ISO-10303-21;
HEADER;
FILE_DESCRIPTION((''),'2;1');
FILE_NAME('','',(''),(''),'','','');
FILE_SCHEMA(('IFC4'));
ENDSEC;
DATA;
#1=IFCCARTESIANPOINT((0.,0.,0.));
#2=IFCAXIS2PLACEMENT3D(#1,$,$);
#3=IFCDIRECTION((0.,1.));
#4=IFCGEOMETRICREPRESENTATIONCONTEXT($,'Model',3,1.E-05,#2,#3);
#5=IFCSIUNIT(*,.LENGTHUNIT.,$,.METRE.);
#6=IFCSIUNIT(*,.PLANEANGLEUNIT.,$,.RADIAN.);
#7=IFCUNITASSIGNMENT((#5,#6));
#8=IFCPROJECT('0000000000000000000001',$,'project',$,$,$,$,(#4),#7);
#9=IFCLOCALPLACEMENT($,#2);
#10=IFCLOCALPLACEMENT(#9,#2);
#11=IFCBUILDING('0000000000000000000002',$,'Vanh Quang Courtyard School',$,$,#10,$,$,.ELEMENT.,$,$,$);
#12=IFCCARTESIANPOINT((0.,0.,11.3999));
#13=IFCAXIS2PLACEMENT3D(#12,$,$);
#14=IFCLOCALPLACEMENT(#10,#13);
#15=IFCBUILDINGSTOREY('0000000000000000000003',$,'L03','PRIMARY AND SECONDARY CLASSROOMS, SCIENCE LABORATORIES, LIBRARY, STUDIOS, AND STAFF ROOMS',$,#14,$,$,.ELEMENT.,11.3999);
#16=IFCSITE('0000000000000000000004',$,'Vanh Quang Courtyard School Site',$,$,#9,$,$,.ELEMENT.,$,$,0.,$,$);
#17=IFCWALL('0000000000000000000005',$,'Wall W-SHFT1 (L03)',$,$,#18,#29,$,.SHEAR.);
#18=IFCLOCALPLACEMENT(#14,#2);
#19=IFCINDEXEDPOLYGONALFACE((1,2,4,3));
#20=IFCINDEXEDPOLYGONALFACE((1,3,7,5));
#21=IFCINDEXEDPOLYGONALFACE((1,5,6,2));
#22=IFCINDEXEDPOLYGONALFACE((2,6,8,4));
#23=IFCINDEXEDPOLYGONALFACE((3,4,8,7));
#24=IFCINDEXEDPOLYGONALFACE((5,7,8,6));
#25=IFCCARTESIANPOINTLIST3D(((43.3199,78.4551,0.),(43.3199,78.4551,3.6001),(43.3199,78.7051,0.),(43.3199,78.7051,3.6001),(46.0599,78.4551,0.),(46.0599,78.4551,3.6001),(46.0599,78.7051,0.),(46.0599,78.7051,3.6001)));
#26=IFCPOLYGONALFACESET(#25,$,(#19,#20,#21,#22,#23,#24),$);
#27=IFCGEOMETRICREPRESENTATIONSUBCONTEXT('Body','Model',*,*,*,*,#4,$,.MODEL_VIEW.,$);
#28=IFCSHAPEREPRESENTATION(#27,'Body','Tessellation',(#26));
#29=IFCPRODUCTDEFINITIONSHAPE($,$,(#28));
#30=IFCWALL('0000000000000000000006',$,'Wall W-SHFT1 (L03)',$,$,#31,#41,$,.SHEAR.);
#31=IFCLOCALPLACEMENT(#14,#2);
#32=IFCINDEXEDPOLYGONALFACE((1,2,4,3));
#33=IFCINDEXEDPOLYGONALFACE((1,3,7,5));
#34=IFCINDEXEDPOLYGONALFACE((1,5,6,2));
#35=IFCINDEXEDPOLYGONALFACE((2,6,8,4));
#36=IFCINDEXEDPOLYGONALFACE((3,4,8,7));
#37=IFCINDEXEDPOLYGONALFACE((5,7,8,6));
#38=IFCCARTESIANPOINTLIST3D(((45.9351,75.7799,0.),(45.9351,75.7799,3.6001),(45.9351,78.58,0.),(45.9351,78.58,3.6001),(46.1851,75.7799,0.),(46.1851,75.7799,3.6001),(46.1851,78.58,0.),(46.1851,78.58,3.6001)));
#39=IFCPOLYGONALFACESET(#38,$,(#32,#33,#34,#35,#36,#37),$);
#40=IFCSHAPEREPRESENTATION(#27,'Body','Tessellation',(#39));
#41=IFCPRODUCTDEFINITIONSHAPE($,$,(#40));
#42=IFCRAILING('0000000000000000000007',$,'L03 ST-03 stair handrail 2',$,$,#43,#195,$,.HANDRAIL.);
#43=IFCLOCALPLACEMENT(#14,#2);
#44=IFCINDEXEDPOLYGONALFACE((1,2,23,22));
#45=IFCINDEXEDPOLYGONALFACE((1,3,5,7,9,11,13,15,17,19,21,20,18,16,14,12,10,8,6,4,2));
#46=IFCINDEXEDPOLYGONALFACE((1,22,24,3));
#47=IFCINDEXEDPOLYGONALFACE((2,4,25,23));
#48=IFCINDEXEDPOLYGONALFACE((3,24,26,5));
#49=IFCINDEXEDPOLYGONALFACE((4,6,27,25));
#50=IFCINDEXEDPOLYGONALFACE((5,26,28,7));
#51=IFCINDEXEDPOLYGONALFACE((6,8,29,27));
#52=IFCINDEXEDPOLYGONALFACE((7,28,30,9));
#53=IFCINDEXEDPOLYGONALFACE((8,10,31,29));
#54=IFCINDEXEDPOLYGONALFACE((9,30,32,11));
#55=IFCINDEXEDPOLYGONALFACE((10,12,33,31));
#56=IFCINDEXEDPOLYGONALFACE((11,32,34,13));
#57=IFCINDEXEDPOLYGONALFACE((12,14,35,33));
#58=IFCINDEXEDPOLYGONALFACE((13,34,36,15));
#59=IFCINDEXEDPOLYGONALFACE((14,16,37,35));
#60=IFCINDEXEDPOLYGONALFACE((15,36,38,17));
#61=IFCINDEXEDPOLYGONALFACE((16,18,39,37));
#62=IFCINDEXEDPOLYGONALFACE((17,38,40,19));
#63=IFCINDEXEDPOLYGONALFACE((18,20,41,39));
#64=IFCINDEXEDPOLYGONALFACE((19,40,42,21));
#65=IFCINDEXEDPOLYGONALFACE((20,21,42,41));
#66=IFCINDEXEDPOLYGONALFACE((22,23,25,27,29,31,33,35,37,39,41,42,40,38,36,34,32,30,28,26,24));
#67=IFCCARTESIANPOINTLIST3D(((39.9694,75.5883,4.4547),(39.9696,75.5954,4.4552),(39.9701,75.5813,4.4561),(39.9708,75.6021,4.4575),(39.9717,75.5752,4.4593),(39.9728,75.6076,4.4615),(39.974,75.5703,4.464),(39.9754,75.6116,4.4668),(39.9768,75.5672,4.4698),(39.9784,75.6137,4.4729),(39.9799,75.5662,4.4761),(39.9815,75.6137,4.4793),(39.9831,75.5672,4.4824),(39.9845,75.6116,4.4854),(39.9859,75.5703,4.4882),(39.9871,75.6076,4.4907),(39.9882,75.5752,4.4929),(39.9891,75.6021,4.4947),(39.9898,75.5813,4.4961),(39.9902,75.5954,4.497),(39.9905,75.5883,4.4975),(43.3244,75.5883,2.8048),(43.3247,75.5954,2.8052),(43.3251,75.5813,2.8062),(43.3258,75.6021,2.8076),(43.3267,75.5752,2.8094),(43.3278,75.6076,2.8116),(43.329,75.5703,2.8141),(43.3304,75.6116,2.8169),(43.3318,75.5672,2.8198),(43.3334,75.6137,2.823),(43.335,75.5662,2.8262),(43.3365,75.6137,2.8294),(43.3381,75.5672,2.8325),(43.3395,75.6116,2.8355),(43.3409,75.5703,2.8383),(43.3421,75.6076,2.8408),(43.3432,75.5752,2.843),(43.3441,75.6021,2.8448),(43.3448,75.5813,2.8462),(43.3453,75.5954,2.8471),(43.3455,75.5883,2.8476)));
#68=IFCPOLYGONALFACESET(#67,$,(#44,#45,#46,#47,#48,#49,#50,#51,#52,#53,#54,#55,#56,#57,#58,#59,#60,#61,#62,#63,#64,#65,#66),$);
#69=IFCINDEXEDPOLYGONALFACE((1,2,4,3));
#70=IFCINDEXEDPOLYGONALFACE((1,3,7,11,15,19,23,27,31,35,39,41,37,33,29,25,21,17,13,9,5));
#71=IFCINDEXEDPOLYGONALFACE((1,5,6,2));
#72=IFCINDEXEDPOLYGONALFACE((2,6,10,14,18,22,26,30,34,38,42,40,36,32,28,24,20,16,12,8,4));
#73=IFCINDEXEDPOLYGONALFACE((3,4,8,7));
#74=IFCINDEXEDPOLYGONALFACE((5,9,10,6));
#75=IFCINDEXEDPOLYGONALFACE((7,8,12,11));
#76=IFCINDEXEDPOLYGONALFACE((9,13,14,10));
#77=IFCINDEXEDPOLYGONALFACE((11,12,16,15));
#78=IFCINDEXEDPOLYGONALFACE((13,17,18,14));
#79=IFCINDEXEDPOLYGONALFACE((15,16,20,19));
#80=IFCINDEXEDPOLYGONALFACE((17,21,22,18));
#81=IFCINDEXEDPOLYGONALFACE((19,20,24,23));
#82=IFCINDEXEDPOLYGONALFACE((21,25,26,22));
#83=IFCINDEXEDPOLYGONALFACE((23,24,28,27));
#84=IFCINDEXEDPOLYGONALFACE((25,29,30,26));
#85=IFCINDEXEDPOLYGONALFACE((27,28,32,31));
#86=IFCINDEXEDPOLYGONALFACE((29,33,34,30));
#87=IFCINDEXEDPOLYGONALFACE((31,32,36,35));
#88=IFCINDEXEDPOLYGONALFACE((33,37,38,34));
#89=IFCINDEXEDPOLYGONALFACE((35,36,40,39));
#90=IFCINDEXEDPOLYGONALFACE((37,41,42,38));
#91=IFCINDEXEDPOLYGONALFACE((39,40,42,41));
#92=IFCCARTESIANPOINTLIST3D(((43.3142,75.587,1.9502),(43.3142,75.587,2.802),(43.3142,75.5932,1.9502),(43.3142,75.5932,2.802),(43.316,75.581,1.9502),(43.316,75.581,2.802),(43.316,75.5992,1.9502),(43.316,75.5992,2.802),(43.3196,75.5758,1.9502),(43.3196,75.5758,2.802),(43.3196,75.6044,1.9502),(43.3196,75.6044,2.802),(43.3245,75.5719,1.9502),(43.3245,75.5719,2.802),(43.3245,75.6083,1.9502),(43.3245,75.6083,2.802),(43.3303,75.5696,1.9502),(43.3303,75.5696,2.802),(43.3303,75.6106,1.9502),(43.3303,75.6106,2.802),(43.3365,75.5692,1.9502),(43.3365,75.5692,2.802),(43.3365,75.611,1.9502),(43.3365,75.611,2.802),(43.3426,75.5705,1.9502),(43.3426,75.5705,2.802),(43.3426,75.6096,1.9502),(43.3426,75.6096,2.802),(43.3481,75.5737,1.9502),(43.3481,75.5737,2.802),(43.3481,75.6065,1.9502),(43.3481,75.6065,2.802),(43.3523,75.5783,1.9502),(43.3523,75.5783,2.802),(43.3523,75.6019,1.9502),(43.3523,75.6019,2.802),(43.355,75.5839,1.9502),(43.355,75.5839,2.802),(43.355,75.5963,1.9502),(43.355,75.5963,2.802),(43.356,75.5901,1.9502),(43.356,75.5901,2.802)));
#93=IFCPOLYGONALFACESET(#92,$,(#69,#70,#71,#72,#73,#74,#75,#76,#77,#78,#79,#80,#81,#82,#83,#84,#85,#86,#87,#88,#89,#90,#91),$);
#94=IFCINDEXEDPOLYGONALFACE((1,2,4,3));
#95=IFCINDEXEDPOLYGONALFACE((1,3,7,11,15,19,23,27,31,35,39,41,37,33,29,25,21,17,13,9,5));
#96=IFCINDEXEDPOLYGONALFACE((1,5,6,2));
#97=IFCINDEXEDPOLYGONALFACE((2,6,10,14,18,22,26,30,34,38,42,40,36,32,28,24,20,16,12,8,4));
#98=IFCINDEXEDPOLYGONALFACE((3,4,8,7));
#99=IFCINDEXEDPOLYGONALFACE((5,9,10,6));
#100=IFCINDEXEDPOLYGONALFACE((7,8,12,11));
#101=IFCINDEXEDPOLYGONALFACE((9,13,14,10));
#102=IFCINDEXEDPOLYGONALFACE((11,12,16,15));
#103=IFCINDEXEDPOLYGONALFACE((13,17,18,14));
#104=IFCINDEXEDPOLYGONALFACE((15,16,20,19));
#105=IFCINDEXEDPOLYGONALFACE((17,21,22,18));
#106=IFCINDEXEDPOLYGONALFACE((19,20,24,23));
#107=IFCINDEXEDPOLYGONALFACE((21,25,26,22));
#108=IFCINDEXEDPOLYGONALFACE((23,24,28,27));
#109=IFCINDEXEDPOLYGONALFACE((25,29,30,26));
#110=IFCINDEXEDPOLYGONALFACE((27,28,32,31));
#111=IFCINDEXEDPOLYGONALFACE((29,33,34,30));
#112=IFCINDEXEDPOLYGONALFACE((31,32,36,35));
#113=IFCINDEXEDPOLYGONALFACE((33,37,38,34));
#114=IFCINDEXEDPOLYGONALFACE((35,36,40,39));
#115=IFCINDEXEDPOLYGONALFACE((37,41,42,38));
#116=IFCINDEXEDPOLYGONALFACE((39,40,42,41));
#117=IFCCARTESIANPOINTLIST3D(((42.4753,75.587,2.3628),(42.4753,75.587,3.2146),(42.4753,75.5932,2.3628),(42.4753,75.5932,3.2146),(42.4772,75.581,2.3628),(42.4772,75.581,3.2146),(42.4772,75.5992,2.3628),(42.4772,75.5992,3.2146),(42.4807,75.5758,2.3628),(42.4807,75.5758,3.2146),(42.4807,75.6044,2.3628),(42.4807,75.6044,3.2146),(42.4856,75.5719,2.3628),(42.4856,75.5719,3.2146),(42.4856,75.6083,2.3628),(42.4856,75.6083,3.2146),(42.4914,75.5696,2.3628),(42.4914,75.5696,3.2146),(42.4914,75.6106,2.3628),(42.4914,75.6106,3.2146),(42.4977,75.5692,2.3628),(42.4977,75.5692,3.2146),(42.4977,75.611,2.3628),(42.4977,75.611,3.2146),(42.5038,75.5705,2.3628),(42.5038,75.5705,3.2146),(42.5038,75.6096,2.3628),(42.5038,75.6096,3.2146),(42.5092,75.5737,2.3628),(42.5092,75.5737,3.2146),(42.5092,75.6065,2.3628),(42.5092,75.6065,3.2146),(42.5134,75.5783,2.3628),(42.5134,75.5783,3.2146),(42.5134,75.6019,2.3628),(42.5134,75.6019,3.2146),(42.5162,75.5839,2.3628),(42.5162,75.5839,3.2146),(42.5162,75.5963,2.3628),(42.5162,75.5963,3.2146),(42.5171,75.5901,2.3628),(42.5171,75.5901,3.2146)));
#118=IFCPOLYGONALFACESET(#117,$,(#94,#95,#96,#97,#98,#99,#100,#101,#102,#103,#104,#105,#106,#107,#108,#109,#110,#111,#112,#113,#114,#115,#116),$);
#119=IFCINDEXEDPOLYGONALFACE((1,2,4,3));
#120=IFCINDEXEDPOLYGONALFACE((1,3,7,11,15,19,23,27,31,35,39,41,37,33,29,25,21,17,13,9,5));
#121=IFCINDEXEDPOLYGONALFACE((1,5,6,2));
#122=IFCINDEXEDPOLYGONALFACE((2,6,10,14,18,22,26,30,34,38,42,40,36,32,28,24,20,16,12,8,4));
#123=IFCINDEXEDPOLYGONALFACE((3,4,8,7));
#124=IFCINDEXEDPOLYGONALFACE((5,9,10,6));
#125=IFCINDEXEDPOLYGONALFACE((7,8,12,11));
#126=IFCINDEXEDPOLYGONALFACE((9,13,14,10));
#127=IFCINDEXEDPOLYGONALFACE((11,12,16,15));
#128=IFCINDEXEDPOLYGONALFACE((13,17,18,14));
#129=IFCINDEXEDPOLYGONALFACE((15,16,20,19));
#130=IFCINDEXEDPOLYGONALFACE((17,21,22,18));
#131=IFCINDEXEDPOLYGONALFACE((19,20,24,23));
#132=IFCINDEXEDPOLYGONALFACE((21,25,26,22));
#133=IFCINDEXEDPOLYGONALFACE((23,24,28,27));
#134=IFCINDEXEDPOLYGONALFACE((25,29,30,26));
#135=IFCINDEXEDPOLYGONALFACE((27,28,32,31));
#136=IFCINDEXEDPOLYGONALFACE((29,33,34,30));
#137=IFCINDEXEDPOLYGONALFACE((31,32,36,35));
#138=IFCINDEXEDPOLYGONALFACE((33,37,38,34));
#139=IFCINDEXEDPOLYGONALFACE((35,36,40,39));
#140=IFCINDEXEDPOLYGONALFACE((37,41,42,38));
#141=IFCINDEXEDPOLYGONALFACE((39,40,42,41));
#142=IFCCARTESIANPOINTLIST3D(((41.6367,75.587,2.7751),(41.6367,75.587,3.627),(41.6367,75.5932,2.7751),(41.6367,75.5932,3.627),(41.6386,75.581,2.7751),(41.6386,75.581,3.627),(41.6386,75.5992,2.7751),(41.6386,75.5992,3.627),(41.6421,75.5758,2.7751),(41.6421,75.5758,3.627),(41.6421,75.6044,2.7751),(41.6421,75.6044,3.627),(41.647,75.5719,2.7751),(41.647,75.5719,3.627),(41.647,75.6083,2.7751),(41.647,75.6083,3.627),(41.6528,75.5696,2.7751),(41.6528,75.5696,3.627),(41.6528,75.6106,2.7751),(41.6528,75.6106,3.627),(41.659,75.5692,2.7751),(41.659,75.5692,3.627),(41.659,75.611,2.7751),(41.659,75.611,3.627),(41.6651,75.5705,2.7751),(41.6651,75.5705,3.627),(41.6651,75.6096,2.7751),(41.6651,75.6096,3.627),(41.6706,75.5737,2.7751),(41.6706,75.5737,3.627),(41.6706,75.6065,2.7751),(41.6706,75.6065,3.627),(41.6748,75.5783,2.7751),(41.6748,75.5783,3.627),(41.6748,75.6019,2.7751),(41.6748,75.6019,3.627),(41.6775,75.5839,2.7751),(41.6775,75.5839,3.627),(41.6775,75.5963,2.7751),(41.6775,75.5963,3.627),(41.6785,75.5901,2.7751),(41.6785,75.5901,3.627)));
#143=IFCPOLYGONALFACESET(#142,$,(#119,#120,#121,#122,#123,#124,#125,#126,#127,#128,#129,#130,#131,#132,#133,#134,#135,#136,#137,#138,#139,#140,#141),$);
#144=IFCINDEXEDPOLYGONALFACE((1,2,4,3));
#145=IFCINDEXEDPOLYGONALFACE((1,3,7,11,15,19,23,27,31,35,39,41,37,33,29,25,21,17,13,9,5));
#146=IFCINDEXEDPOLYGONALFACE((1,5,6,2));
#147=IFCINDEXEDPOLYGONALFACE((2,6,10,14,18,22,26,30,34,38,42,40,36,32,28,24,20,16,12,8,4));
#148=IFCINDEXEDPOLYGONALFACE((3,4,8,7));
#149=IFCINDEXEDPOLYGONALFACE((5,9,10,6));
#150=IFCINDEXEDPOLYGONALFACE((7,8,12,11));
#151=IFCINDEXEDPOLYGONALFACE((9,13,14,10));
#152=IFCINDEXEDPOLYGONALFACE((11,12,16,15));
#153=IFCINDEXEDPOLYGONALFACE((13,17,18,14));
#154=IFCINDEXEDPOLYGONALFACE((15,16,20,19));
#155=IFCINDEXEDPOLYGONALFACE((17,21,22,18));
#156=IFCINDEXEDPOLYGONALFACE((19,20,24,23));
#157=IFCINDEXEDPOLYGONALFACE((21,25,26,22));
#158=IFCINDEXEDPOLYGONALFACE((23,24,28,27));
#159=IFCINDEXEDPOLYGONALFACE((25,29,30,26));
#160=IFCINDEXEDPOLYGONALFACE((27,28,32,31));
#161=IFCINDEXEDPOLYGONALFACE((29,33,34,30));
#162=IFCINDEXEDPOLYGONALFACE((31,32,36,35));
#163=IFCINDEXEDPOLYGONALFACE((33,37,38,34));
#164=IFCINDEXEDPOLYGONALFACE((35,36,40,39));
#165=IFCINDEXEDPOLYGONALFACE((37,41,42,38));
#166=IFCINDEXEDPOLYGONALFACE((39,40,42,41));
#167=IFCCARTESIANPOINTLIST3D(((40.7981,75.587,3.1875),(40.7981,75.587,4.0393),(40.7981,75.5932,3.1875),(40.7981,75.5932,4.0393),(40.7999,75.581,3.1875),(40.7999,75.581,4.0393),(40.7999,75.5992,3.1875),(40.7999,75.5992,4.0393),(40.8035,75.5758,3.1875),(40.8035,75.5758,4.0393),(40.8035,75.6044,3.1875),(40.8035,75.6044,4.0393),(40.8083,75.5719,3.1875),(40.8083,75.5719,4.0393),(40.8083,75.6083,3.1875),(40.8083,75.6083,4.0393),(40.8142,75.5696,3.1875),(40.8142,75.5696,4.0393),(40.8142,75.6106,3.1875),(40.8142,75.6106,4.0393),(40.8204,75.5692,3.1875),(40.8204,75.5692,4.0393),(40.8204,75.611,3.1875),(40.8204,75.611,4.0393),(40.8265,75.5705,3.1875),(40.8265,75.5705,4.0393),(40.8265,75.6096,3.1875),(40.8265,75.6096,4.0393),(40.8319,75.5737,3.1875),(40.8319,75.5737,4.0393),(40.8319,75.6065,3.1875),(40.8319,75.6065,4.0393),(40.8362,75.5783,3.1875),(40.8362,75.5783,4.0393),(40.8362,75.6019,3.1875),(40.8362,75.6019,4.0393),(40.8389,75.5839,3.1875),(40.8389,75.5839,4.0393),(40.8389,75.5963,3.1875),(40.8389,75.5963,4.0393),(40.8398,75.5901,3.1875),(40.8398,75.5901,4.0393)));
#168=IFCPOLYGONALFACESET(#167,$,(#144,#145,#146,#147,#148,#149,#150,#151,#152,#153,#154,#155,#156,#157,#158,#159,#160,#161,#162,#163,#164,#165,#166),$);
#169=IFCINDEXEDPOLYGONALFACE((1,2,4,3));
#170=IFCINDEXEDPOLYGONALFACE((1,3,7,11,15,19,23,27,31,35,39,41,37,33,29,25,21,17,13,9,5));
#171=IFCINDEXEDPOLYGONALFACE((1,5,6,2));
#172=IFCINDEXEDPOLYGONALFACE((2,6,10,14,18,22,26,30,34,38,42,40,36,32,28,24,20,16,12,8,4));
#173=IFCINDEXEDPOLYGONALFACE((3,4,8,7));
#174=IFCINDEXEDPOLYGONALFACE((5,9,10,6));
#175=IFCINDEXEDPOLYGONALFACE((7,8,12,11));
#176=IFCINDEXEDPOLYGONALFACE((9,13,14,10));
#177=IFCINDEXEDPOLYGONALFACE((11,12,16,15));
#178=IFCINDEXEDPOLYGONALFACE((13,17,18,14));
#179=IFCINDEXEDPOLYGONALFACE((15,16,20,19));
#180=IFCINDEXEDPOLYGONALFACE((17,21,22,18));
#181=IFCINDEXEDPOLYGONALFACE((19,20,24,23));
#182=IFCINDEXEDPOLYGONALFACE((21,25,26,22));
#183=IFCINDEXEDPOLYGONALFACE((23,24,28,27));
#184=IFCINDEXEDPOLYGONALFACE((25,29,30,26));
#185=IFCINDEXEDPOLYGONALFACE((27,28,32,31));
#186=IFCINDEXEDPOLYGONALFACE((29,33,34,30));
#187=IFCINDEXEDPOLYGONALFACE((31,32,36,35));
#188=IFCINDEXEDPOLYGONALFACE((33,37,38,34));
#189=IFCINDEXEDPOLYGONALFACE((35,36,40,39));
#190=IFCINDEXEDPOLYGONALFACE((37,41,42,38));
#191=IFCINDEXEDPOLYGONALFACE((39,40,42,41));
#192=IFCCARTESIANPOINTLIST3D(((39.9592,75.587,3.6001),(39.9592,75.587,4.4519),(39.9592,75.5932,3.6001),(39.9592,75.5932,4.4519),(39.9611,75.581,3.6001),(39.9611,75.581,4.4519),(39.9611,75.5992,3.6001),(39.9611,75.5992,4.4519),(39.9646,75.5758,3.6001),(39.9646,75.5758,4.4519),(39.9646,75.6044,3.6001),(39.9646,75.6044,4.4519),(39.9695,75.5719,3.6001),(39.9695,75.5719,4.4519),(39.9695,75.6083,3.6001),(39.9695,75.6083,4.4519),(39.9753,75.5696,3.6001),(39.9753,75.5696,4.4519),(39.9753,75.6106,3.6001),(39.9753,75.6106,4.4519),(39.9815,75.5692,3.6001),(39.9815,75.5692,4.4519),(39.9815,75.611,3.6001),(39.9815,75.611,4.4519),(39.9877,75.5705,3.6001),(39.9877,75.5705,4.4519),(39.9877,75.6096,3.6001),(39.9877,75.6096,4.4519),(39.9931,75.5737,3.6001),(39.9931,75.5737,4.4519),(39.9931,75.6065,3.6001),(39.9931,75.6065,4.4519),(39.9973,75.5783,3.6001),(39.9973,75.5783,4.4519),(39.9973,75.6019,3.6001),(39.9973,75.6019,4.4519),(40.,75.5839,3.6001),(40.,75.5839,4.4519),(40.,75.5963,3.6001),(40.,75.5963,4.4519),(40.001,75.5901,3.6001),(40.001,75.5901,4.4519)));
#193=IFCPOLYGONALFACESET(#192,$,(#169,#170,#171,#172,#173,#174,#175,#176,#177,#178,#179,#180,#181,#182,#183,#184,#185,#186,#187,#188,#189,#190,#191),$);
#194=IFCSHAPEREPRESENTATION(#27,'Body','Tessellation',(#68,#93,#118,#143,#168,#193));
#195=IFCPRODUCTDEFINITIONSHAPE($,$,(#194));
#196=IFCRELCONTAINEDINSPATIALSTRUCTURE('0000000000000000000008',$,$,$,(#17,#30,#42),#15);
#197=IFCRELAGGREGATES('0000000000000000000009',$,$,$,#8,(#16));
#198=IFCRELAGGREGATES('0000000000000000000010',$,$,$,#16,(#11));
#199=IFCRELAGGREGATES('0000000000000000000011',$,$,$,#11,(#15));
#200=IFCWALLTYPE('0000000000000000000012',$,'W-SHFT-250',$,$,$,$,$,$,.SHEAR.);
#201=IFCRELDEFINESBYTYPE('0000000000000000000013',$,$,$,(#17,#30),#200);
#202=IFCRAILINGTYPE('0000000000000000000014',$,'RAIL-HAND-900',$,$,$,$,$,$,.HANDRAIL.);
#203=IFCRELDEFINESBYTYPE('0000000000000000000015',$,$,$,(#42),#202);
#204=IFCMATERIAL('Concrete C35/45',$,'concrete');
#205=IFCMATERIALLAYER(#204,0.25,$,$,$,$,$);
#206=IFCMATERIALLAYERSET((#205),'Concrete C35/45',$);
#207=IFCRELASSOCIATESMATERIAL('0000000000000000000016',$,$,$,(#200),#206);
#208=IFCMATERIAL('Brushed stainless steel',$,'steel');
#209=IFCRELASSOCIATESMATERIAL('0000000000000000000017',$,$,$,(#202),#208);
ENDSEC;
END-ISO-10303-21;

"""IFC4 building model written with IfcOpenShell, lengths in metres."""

from ifc_helpers import new_model, si_unit, direction, frame, frame_2d, origin, origin_2d, place, context, subcontext, project, spatial, rectangle, circle, extrude, material, layer, layer_set, type_object, element, save


model = new_model("IFC4")

# Units and contexts
model_context = context("Model", 3, precision=1e-05, world=origin(), true_north=direction((0.0, 1.0)))
body_context = subcontext(model_context, "Body", "Model", "MODEL_VIEW")
ifc_project = project(units=[si_unit("LENGTHUNIT", "METRE"), si_unit("PLANEANGLEUNIT", "RADIAN")], contexts=[model_context])

# Site, building, storey
site_placement = place(None, origin())
site = spatial("IfcSite", under=ifc_project, at=site_placement, Name="Vanh Quang Courtyard School Site", CompositionType="ELEMENT", RefElevation=0.0)
building_placement = place(site_placement, origin())
building = spatial("IfcBuilding", under=site, at=building_placement, Name="Vanh Quang Courtyard School", CompositionType="ELEMENT")
storey_placement = place(building_placement, frame((0.0, 0.0, 11.3999)))
storey = spatial("IfcBuildingStorey", under=building, at=storey_placement, Name="L03", Description="PRIMARY AND SECONDARY CLASSROOMS, SCIENCE LABORATORIES, LIBRARY, STUDIOS, AND STAFF ROOMS", CompositionType="ELEMENT", Elevation=11.3999)

# Shared definitions
ifc_material_1 = material(Name="Concrete C35/45", Category="concrete")

# Shared definitions
ifc_layer_1 = layer(ifc_material_1, 0.25)
ifc_layer_set_1 = layer_set([ifc_layer_1], Name="Concrete C35/45")
wall_type_1 = type_object("IfcWallType", Name="W-SHFT-250", PredefinedType="SHEAR", material=ifc_layer_set_1)

# Walls
wall_1_placement = place(storey_placement, frame((46.0601, 78.5801, 0.0), z_axis=(0.0, 0.0, 1.0), x_axis=(-1.0, 0.0, 0.0)))
element("IfcWall", 1, at=wall_1_placement, inside=storey, type_object=wall_type_1, Name="Wall W-SHFT1 (L03)", PredefinedType="SHEAR", context=body_context, shape_type="SweptSolid", body=[
    extrude(rectangle(XDim=2.74, YDim=0.25, at=frame_2d((1.3701, 0.0))), origin(), (0.0, 0.0, 1.0), 3.6001),
])
wall_2_placement = place(storey_placement, frame((46.0601, 75.78, 0.0), z_axis=(0.0, 0.0, 1.0), x_axis=(0.0, 1.0, 0.0)))
element("IfcWall", 2, at=wall_2_placement, inside=storey, type_object=wall_type_1, Name="Wall W-SHFT1 (L03)", PredefinedType="SHEAR", context=body_context, shape_type="SweptSolid", body=[
    extrude(rectangle(XDim=2.8, YDim=0.25, at=frame_2d((1.3999, 0.0))), origin(), (0.0, 0.0, 1.0), 3.6001),
])

# Railing
ifc_material_2 = material(Name="Brushed stainless steel", Category="steel")
railing_type = type_object("IfcRailingType", Name="RAIL-HAND-900", PredefinedType="HANDRAIL", material=ifc_material_2)
railing_placement = place(storey_placement, frame((43.335, 75.5901, 1.9502)))
element("IfcRailing", 3, at=railing_placement, inside=storey, type_object=railing_type, Name="L03 ST-03 stair handrail 2", PredefinedType="HANDRAIL", context=body_context, shape_type="SweptSolid", body=[
    extrude(circle(Radius=0.0239, at=origin_2d()), frame((0.0, 0.0, 0.876), z_axis=(-0.897359, 0.0, 0.441301), x_axis=(0.0, -1.0, 0.0)), (0.0, 0.0, 1.0), 3.7388),
    extrude(circle(Radius=0.021, at=origin_2d()), origin(), (0.0, 0.0, 1.0), 0.8518),
    extrude(circle(Radius=0.021, at=origin_2d()), frame((-0.8389, 0.0, 0.4126)), (0.0, 0.0, 1.0), 0.8518),
    extrude(circle(Radius=0.021, at=origin_2d()), frame((-1.6775, 0.0, 0.825)), (0.0, 0.0, 1.0), 0.8518),
    extrude(circle(Radius=0.021, at=origin_2d()), frame((-2.5161, 0.0, 1.2373)), (0.0, 0.0, 1.0), 0.8518),
    extrude(circle(Radius=0.021, at=origin_2d()), frame((-3.355, 0.0, 1.6499)), (0.0, 0.0, 1.0), 0.8518),
])

save(model, "model.ifc")
